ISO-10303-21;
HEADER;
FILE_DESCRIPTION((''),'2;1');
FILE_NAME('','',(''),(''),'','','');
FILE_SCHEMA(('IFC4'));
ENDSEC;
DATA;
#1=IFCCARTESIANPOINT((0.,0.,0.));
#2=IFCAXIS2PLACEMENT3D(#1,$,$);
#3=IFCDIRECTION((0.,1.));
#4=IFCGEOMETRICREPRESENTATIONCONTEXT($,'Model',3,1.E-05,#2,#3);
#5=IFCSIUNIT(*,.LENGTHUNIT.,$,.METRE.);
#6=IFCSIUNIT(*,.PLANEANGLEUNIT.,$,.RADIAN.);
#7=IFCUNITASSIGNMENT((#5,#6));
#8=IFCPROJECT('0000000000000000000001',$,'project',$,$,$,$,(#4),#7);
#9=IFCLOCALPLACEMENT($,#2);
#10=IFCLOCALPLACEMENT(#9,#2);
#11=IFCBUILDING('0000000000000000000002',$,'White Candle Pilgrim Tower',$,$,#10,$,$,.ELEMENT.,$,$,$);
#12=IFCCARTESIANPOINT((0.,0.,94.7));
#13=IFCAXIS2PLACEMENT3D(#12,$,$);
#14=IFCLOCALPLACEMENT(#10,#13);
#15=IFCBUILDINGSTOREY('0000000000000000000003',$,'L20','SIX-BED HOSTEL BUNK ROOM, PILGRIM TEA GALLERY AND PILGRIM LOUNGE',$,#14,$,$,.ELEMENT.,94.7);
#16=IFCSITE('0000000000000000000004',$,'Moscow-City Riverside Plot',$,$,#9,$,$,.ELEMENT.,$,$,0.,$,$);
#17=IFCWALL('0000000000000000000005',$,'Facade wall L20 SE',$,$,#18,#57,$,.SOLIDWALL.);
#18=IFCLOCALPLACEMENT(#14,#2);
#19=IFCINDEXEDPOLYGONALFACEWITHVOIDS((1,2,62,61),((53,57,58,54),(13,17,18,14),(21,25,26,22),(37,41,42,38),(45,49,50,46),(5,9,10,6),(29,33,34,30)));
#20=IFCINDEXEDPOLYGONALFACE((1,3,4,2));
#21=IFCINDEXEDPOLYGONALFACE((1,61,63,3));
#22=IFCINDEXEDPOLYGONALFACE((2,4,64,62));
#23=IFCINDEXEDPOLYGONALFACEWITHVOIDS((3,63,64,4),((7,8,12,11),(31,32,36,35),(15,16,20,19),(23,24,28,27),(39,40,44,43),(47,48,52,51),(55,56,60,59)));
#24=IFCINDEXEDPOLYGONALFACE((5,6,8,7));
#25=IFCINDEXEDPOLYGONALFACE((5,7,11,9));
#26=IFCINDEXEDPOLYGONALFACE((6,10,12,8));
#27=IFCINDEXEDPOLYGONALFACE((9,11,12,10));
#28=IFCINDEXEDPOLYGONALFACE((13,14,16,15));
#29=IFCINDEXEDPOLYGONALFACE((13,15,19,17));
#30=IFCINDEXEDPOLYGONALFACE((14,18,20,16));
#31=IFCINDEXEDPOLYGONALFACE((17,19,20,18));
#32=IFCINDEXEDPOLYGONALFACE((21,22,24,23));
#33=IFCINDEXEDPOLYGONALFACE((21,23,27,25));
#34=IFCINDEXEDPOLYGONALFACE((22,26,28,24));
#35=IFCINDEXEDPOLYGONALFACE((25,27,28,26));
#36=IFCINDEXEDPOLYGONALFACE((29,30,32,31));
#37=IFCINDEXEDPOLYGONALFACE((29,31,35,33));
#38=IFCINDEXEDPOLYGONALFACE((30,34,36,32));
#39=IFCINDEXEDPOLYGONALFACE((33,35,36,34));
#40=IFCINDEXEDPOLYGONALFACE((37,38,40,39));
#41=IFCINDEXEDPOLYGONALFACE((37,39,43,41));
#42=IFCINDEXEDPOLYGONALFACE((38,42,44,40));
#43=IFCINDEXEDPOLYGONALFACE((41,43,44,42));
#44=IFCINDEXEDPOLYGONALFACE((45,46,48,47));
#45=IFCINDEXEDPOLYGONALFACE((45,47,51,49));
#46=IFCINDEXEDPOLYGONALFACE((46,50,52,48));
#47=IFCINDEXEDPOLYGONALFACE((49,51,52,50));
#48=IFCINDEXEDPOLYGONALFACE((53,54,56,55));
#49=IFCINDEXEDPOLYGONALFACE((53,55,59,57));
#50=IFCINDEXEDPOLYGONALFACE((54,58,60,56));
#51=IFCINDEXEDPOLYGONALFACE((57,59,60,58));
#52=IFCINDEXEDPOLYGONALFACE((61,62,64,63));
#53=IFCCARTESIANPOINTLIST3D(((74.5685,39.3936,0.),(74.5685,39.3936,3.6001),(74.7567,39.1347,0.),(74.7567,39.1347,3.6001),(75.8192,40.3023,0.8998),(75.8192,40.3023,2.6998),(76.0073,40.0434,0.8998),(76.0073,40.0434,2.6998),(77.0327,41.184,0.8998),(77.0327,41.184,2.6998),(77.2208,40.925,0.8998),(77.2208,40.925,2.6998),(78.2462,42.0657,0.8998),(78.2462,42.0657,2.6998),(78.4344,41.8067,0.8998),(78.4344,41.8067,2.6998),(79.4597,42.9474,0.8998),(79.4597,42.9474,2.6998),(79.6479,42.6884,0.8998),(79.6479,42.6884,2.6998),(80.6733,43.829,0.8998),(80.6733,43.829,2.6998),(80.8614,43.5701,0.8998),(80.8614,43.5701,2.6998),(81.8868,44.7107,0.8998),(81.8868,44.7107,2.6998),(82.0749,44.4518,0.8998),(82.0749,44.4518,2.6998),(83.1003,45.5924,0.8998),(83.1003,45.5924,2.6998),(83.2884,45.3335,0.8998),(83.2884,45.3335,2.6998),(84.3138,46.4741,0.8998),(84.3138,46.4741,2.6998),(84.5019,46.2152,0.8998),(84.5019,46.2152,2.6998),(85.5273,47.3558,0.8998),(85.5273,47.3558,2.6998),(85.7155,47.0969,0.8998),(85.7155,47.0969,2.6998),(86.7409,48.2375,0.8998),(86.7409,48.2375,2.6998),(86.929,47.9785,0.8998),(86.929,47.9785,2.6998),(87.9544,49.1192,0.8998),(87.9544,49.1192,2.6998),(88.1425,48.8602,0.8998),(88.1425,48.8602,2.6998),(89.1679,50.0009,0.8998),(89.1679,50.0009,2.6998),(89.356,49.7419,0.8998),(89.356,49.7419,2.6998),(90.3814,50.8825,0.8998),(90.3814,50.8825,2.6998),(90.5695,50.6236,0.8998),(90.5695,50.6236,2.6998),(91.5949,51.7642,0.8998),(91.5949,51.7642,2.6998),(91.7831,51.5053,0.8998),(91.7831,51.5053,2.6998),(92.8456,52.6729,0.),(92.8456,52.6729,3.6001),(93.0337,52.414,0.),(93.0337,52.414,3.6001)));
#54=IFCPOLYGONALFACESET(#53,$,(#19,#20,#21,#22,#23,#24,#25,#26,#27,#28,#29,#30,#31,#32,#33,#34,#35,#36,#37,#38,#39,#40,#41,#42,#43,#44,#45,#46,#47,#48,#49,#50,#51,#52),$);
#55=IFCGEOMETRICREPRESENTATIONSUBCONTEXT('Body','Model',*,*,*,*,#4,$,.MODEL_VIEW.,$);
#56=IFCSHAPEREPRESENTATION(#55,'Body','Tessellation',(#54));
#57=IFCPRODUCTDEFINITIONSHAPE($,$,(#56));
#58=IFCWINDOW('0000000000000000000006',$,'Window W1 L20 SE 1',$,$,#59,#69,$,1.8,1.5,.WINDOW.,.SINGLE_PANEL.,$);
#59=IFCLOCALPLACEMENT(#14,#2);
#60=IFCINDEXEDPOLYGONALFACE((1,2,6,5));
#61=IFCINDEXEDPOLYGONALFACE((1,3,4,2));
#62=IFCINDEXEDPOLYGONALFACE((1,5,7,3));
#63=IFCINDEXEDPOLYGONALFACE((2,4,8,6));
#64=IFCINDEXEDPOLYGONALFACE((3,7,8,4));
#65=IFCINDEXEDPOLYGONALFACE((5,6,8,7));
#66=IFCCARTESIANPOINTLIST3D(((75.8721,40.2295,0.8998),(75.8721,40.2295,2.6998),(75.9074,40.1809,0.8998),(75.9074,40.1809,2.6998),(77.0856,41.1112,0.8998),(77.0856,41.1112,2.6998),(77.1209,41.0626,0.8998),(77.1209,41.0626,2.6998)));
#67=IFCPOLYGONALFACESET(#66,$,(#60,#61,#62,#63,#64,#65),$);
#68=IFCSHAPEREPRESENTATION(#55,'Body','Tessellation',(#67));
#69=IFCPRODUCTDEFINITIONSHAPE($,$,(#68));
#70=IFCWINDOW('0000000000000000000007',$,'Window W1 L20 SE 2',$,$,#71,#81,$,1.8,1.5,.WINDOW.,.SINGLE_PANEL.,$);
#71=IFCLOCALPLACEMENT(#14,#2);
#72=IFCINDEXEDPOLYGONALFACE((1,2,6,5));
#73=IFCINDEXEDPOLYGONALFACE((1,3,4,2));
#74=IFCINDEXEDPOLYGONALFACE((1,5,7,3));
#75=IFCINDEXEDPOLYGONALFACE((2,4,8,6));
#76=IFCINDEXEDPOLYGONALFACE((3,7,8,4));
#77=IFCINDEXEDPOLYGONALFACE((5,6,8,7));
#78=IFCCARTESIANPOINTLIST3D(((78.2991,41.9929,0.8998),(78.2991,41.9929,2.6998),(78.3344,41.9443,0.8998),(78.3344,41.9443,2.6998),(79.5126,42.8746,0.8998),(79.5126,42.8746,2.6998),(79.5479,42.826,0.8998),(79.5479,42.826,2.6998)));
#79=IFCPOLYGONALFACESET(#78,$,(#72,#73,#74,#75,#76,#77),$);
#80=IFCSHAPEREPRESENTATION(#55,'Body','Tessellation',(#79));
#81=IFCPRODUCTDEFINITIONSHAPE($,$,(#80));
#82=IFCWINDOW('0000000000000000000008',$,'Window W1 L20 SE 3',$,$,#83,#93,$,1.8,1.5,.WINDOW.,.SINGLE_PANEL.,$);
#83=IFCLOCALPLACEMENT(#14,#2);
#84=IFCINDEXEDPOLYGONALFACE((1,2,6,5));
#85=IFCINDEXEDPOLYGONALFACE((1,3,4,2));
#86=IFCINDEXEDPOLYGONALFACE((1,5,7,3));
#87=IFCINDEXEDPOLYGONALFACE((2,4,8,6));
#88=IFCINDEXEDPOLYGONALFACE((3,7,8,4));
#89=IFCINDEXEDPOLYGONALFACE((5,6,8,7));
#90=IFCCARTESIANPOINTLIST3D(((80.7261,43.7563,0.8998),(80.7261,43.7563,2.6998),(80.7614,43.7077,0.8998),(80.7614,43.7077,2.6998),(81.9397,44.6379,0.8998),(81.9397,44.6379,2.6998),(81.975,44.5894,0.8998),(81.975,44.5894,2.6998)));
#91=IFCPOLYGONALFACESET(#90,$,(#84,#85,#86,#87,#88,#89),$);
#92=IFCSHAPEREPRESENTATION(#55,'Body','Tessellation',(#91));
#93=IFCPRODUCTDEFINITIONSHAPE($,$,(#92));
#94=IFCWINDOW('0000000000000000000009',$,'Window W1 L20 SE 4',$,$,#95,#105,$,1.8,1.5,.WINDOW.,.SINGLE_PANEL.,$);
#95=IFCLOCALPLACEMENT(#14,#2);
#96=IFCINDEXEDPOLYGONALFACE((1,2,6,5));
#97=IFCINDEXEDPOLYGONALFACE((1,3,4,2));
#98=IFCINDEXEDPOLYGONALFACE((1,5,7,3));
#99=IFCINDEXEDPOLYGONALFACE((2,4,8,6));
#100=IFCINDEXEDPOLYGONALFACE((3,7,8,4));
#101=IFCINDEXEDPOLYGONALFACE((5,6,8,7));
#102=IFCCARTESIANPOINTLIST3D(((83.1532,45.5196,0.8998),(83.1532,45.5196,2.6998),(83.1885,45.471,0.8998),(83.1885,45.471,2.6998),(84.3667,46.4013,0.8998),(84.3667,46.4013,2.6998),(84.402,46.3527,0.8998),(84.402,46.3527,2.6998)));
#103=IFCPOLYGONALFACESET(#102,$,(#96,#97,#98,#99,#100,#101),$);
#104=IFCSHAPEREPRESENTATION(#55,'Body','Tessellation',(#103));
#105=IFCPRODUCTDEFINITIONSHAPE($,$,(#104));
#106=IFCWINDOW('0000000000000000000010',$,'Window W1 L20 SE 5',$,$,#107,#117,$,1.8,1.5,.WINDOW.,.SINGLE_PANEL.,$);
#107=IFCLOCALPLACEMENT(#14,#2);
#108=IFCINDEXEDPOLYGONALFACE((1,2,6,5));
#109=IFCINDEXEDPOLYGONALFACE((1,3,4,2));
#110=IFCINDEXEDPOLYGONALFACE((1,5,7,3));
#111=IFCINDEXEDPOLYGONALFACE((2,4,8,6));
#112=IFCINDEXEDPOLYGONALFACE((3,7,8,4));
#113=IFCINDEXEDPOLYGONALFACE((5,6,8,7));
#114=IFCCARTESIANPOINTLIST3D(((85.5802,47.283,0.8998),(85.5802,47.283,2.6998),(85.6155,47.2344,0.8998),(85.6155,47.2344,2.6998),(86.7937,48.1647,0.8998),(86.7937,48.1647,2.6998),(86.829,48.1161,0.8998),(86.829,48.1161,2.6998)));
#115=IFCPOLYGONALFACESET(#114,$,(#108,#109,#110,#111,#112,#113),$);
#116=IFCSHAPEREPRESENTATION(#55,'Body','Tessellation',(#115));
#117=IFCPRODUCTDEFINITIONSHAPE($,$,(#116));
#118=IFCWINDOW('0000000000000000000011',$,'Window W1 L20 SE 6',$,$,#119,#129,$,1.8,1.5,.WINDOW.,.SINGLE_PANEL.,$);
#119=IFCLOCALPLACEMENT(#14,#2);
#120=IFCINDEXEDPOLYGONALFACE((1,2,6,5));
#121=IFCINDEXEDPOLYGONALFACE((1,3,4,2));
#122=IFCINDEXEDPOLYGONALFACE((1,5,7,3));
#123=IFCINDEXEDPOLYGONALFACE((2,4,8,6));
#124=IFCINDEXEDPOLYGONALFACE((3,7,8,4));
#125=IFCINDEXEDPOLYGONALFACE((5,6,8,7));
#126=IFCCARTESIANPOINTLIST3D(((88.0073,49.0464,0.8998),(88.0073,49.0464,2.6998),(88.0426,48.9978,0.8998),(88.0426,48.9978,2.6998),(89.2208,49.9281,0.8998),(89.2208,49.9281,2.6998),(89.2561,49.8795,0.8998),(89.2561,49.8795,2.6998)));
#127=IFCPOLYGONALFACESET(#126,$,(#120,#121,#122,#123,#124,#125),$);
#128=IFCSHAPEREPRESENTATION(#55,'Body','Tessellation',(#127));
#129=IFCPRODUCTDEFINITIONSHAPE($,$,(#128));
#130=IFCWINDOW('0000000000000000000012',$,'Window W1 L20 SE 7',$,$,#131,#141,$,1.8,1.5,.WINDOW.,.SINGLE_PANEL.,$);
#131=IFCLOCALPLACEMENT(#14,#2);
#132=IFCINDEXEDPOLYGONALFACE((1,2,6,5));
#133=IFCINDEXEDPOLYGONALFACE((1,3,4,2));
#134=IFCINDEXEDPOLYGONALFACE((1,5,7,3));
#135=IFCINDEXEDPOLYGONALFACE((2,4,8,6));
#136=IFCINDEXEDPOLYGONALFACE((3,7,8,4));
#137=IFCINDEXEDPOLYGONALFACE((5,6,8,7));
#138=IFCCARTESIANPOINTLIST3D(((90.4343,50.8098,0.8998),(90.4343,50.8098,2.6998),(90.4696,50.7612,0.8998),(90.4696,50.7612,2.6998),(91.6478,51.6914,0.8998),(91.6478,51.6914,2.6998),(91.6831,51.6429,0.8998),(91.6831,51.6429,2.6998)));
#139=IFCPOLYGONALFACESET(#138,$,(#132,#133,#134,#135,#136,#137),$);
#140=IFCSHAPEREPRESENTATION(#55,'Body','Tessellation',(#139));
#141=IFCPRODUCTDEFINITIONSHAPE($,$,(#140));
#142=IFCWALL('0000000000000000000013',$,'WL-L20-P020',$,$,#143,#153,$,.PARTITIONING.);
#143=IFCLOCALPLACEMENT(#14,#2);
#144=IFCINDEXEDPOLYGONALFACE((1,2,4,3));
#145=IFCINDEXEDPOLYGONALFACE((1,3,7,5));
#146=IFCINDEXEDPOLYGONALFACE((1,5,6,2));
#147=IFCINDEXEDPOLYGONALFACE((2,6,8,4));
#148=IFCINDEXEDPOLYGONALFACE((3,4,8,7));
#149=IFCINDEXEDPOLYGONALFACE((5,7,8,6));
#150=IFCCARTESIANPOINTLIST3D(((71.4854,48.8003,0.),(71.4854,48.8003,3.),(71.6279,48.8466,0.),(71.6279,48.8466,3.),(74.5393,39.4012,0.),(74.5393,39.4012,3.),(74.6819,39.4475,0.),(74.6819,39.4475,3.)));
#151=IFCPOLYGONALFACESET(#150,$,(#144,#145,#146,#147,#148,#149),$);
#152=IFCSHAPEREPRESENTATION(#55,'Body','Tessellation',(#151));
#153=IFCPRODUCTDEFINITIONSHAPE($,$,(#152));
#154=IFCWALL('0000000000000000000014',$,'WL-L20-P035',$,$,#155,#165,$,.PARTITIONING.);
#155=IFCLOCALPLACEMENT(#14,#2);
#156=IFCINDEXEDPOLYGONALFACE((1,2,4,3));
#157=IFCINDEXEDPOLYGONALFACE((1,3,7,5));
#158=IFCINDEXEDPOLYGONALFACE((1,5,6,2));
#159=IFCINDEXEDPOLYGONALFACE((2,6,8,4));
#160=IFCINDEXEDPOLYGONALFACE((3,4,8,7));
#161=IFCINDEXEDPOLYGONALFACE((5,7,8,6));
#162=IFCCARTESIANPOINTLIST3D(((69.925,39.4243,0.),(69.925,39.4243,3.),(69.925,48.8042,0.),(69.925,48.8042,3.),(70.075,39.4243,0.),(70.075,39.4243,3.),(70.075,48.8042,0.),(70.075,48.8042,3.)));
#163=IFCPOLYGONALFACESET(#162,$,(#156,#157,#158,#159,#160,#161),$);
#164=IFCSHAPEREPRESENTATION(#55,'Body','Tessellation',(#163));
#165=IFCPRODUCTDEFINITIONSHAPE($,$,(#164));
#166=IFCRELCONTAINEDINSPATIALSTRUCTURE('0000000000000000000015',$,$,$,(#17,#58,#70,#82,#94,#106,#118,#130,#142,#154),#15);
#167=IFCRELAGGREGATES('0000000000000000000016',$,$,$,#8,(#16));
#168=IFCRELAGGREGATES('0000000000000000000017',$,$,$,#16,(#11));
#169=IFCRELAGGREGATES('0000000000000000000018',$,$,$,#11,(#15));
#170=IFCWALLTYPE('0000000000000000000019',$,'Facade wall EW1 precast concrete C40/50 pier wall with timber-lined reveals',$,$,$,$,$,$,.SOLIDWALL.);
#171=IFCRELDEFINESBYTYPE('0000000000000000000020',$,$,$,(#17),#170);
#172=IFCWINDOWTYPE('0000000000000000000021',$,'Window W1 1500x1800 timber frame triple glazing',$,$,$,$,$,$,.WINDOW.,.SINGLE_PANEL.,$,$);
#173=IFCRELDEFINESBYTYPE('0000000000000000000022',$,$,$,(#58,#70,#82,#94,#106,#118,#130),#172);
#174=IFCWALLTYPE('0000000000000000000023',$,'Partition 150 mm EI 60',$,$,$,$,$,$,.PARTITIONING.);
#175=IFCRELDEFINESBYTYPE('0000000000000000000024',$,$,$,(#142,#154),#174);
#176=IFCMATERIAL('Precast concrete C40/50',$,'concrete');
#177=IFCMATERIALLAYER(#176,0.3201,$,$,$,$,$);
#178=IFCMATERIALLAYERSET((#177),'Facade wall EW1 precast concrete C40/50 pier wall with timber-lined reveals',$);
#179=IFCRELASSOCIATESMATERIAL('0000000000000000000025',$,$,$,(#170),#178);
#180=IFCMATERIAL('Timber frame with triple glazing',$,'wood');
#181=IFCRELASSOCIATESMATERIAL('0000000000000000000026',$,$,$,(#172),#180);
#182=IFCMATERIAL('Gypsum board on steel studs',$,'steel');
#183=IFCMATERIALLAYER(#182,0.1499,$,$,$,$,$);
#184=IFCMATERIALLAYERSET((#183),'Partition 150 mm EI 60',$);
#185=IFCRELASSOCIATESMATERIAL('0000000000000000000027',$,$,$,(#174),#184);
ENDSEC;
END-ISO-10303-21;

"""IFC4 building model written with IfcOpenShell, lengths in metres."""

from ifc_helpers import new_model, si_unit, direction, frame, frame_2d, origin, place, context, subcontext, project, spatial, rectangle, extrude, material, layer, layer_set, type_object, element, fill, save


model = new_model("IFC4")

# Units and contexts
model_context = context("Model", 3, precision=1e-05, world=origin(), true_north=direction((0.0, 1.0)))
body_context = subcontext(model_context, "Body", "Model", "MODEL_VIEW")
ifc_project = project(units=[si_unit("LENGTHUNIT", "METRE"), si_unit("PLANEANGLEUNIT", "RADIAN")], contexts=[model_context])

# Site, building, storey
site_placement = place(None, origin())
site = spatial("IfcSite", under=ifc_project, at=site_placement, Name="Moscow-City Riverside Plot", CompositionType="ELEMENT", RefElevation=0.0)
building_placement = place(site_placement, origin())
building = spatial("IfcBuilding", under=site, at=building_placement, Name="White Candle Pilgrim Tower", CompositionType="ELEMENT")
storey_placement = place(building_placement, frame((0.0, 0.0, 94.7)))
storey = spatial("IfcBuildingStorey", under=building, at=storey_placement, Name="L20", Description="SIX-BED HOSTEL BUNK ROOM, PILGRIM TEA GALLERY AND PILGRIM LOUNGE", CompositionType="ELEMENT", Elevation=94.7)

# Shared definitions
ifc_material_1 = material(Name="Gypsum board on steel studs", Category="steel")

# Wall, openings, windows
ifc_material_2 = material(Name="Precast concrete C40/50", Category="concrete")
ifc_layer_1 = layer(ifc_material_2, 0.3201)
ifc_layer_set_1 = layer_set([ifc_layer_1], Name="Facade wall EW1 precast concrete C40/50 pier wall with timber-lined reveals")
wall_type_1 = type_object("IfcWallType", Name="Facade wall EW1 precast concrete C40/50 pier wall with timber-lined reveals", PredefinedType="SOLIDWALL", material=ifc_layer_set_1)
wall_1_placement = place(storey_placement, frame((74.6626, 39.2642, 0.0), z_axis=(0.0, 0.0, 1.0), x_axis=(0.809013, 0.587791, 0.0)))
wall_1 = element("IfcWall", 1, at=wall_1_placement, inside=storey, type_object=wall_type_1, Name="Facade wall L20 SE", PredefinedType="SOLIDWALL", context=body_context, shape_type="SweptSolid", body=[
    extrude(rectangle(XDim=22.5918, YDim=0.3201, at=frame_2d((11.2959, 0.0))), origin(), (0.0, 0.0, 1.0), 3.6001),
])
opening_1_placement = place(wall_1_placement, frame((1.5459, 0.0, 0.8999)))
opening_1 = element("IfcOpeningElement", 2, at=opening_1_placement, cuts=wall_1, PredefinedType="OPENING", context=body_context, shape_type="SweptSolid", body=[
    extrude(rectangle(XDim=1.5, YDim=1.8, at=frame_2d((0.75, 0.8999))), frame((0.0, 0.1699, 0.0), z_axis=(0.0, -1.0, 0.0), x_axis=(1.0, 0.0, 0.0)), (0.0, 0.0, 1.0), 0.3401),
])
opening_2_placement = place(wall_1_placement, frame((4.5459, 0.0, 0.8999)))
opening_2 = element("IfcOpeningElement", 3, at=opening_2_placement, cuts=wall_1, PredefinedType="OPENING", context=body_context, shape_type="SweptSolid", body=[
    extrude(rectangle(XDim=1.5, YDim=1.8, at=frame_2d((0.75, 0.8999))), frame((0.0, 0.1699, 0.0), z_axis=(0.0, -1.0, 0.0), x_axis=(1.0, 0.0, 0.0)), (0.0, 0.0, 1.0), 0.3401),
])
opening_3_placement = place(wall_1_placement, frame((7.5459, 0.0, 0.8999)))
opening_3 = element("IfcOpeningElement", 4, at=opening_3_placement, cuts=wall_1, PredefinedType="OPENING", context=body_context, shape_type="SweptSolid", body=[
    extrude(rectangle(XDim=1.5, YDim=1.8, at=frame_2d((0.75, 0.8999))), frame((0.0, 0.1699, 0.0), z_axis=(0.0, -1.0, 0.0), x_axis=(1.0, 0.0, 0.0)), (0.0, 0.0, 1.0), 0.3401),
])
opening_4_placement = place(wall_1_placement, frame((10.5459, 0.0, 0.8999)))
opening_4 = element("IfcOpeningElement", 5, at=opening_4_placement, cuts=wall_1, PredefinedType="OPENING", context=body_context, shape_type="SweptSolid", body=[
    extrude(rectangle(XDim=1.5, YDim=1.8, at=frame_2d((0.75, 0.8999))), frame((0.0, 0.1699, 0.0), z_axis=(0.0, -1.0, 0.0), x_axis=(1.0, 0.0, 0.0)), (0.0, 0.0, 1.0), 0.3401),
])
opening_5_placement = place(wall_1_placement, frame((13.5459, 0.0, 0.8999)))
opening_5 = element("IfcOpeningElement", 6, at=opening_5_placement, cuts=wall_1, PredefinedType="OPENING", context=body_context, shape_type="SweptSolid", body=[
    extrude(rectangle(XDim=1.5, YDim=1.8, at=frame_2d((0.75, 0.8999))), frame((0.0, 0.1699, 0.0), z_axis=(0.0, -1.0, 0.0), x_axis=(1.0, 0.0, 0.0)), (0.0, 0.0, 1.0), 0.3401),
])
opening_6_placement = place(wall_1_placement, frame((16.5459, 0.0, 0.8999)))
opening_6 = element("IfcOpeningElement", 7, at=opening_6_placement, cuts=wall_1, PredefinedType="OPENING", context=body_context, shape_type="SweptSolid", body=[
    extrude(rectangle(XDim=1.5, YDim=1.8, at=frame_2d((0.75, 0.8999))), frame((0.0, 0.1699, 0.0), z_axis=(0.0, -1.0, 0.0), x_axis=(1.0, 0.0, 0.0)), (0.0, 0.0, 1.0), 0.3401),
])
opening_7_placement = place(wall_1_placement, frame((19.5459, 0.0, 0.8999)))
opening_7 = element("IfcOpeningElement", 8, at=opening_7_placement, cuts=wall_1, PredefinedType="OPENING", context=body_context, shape_type="SweptSolid", body=[
    extrude(rectangle(XDim=1.5, YDim=1.8, at=frame_2d((0.75, 0.8999))), frame((0.0, 0.1699, 0.0), z_axis=(0.0, -1.0, 0.0), x_axis=(1.0, 0.0, 0.0)), (0.0, 0.0, 1.0), 0.3401),
])
ifc_material_3 = material(Name="Timber frame with triple glazing", Category="wood")
window_type = type_object("IfcWindowType", Name="Window W1 1500x1800 timber frame triple glazing", PartitioningType="SINGLE_PANEL", PredefinedType="WINDOW", material=ifc_material_3)
window_1_placement = place(opening_1_placement, origin())
window_1 = element("IfcWindow", 9, at=window_1_placement, inside=storey, type_object=window_type, Name="Window W1 L20 SE 1", OverallHeight=1.8, OverallWidth=1.5, PartitioningType="SINGLE_PANEL", PredefinedType="WINDOW", context=body_context, shape_type="SweptSolid", body=[
    extrude(rectangle(XDim=1.5, YDim=1.8, at=frame_2d((0.75, 0.8999))), frame((0.0, 0.0701, 0.0), z_axis=(0.0, -1.0, 0.0), x_axis=(1.0, 0.0, 0.0)), (0.0, 0.0, 1.0), 0.0601),
])
fill(opening_1, window_1)
window_2_placement = place(opening_2_placement, origin())
window_2 = element("IfcWindow", 10, at=window_2_placement, inside=storey, type_object=window_type, Name="Window W1 L20 SE 2", OverallHeight=1.8, OverallWidth=1.5, PartitioningType="SINGLE_PANEL", PredefinedType="WINDOW", context=body_context, shape_type="SweptSolid", body=[
    extrude(rectangle(XDim=1.5, YDim=1.8, at=frame_2d((0.75, 0.8999))), frame((0.0, 0.0701, 0.0), z_axis=(0.0, -1.0, 0.0), x_axis=(1.0, 0.0, 0.0)), (0.0, 0.0, 1.0), 0.0601),
])
fill(opening_2, window_2)
window_3_placement = place(opening_3_placement, origin())
window_3 = element("IfcWindow", 11, at=window_3_placement, inside=storey, type_object=window_type, Name="Window W1 L20 SE 3", OverallHeight=1.8, OverallWidth=1.5, PartitioningType="SINGLE_PANEL", PredefinedType="WINDOW", context=body_context, shape_type="SweptSolid", body=[
    extrude(rectangle(XDim=1.5, YDim=1.8, at=frame_2d((0.75, 0.8999))), frame((0.0, 0.0701, 0.0), z_axis=(0.0, -1.0, 0.0), x_axis=(1.0, 0.0, 0.0)), (0.0, 0.0, 1.0), 0.0601),
])
fill(opening_3, window_3)
window_4_placement = place(opening_4_placement, origin())
window_4 = element("IfcWindow", 12, at=window_4_placement, inside=storey, type_object=window_type, Name="Window W1 L20 SE 4", OverallHeight=1.8, OverallWidth=1.5, PartitioningType="SINGLE_PANEL", PredefinedType="WINDOW", context=body_context, shape_type="SweptSolid", body=[
    extrude(rectangle(XDim=1.5, YDim=1.8, at=frame_2d((0.75, 0.8999))), frame((0.0, 0.0701, 0.0), z_axis=(0.0, -1.0, 0.0), x_axis=(1.0, 0.0, 0.0)), (0.0, 0.0, 1.0), 0.0601),
])
fill(opening_4, window_4)
window_5_placement = place(opening_5_placement, origin())
window_5 = element("IfcWindow", 13, at=window_5_placement, inside=storey, type_object=window_type, Name="Window W1 L20 SE 5", OverallHeight=1.8, OverallWidth=1.5, PartitioningType="SINGLE_PANEL", PredefinedType="WINDOW", context=body_context, shape_type="SweptSolid", body=[
    extrude(rectangle(XDim=1.5, YDim=1.8, at=frame_2d((0.75, 0.8999))), frame((0.0, 0.0701, 0.0), z_axis=(0.0, -1.0, 0.0), x_axis=(1.0, 0.0, 0.0)), (0.0, 0.0, 1.0), 0.0601),
])
fill(opening_5, window_5)
window_6_placement = place(opening_6_placement, origin())
window_6 = element("IfcWindow", 14, at=window_6_placement, inside=storey, type_object=window_type, Name="Window W1 L20 SE 6", OverallHeight=1.8, OverallWidth=1.5, PartitioningType="SINGLE_PANEL", PredefinedType="WINDOW", context=body_context, shape_type="SweptSolid", body=[
    extrude(rectangle(XDim=1.5, YDim=1.8, at=frame_2d((0.75, 0.8999))), frame((0.0, 0.0701, 0.0), z_axis=(0.0, -1.0, 0.0), x_axis=(1.0, 0.0, 0.0)), (0.0, 0.0, 1.0), 0.0601),
])
fill(opening_6, window_6)
window_7_placement = place(opening_7_placement, origin())
window_7 = element("IfcWindow", 15, at=window_7_placement, inside=storey, type_object=window_type, Name="Window W1 L20 SE 7", OverallHeight=1.8, OverallWidth=1.5, PartitioningType="SINGLE_PANEL", PredefinedType="WINDOW", context=body_context, shape_type="SweptSolid", body=[
    extrude(rectangle(XDim=1.5, YDim=1.8, at=frame_2d((0.75, 0.8999))), frame((0.0, 0.0701, 0.0), z_axis=(0.0, -1.0, 0.0), x_axis=(1.0, 0.0, 0.0)), (0.0, 0.0, 1.0), 0.0601),
])
fill(opening_7, window_7)

# Walls
ifc_layer_2 = layer(ifc_material_1, 0.1499)
ifc_layer_set_2 = layer_set([ifc_layer_2], Name="Partition 150 mm EI 60")
wall_type_2 = type_object("IfcWallType", Name="Partition 150 mm EI 60", PredefinedType="PARTITIONING", material=ifc_layer_set_2)
wall_2_placement = place(storey_placement, frame((74.6106, 39.4243, 0.0), z_axis=(0.0, 0.0, 1.0), x_axis=(-0.309015, 0.951057, 0.0)))
element("IfcWall", 16, at=wall_2_placement, inside=storey, type_object=wall_type_2, Name="WL-L20-P020", PredefinedType="PARTITIONING", context=body_context, shape_type="SweptSolid", body=[
    extrude(rectangle(XDim=9.8828, YDim=0.1499, at=frame_2d((4.9414, 0.0))), origin(), (0.0, 0.0, 1.0), 3.0),
])
wall_3_placement = place(storey_placement, frame((70.0, 39.4243, 0.0), z_axis=(0.0, 0.0, 1.0), x_axis=(0.0, 1.0, 0.0)))
element("IfcWall", 17, at=wall_3_placement, inside=storey, type_object=wall_type_2, Name="WL-L20-P035", PredefinedType="PARTITIONING", context=body_context, shape_type="SweptSolid", body=[
    extrude(rectangle(XDim=9.3799, YDim=0.1499, at=frame_2d((4.6899, 0.0))), origin(), (0.0, 0.0, 1.0), 3.0),
])

save(model, "model.ifc")
